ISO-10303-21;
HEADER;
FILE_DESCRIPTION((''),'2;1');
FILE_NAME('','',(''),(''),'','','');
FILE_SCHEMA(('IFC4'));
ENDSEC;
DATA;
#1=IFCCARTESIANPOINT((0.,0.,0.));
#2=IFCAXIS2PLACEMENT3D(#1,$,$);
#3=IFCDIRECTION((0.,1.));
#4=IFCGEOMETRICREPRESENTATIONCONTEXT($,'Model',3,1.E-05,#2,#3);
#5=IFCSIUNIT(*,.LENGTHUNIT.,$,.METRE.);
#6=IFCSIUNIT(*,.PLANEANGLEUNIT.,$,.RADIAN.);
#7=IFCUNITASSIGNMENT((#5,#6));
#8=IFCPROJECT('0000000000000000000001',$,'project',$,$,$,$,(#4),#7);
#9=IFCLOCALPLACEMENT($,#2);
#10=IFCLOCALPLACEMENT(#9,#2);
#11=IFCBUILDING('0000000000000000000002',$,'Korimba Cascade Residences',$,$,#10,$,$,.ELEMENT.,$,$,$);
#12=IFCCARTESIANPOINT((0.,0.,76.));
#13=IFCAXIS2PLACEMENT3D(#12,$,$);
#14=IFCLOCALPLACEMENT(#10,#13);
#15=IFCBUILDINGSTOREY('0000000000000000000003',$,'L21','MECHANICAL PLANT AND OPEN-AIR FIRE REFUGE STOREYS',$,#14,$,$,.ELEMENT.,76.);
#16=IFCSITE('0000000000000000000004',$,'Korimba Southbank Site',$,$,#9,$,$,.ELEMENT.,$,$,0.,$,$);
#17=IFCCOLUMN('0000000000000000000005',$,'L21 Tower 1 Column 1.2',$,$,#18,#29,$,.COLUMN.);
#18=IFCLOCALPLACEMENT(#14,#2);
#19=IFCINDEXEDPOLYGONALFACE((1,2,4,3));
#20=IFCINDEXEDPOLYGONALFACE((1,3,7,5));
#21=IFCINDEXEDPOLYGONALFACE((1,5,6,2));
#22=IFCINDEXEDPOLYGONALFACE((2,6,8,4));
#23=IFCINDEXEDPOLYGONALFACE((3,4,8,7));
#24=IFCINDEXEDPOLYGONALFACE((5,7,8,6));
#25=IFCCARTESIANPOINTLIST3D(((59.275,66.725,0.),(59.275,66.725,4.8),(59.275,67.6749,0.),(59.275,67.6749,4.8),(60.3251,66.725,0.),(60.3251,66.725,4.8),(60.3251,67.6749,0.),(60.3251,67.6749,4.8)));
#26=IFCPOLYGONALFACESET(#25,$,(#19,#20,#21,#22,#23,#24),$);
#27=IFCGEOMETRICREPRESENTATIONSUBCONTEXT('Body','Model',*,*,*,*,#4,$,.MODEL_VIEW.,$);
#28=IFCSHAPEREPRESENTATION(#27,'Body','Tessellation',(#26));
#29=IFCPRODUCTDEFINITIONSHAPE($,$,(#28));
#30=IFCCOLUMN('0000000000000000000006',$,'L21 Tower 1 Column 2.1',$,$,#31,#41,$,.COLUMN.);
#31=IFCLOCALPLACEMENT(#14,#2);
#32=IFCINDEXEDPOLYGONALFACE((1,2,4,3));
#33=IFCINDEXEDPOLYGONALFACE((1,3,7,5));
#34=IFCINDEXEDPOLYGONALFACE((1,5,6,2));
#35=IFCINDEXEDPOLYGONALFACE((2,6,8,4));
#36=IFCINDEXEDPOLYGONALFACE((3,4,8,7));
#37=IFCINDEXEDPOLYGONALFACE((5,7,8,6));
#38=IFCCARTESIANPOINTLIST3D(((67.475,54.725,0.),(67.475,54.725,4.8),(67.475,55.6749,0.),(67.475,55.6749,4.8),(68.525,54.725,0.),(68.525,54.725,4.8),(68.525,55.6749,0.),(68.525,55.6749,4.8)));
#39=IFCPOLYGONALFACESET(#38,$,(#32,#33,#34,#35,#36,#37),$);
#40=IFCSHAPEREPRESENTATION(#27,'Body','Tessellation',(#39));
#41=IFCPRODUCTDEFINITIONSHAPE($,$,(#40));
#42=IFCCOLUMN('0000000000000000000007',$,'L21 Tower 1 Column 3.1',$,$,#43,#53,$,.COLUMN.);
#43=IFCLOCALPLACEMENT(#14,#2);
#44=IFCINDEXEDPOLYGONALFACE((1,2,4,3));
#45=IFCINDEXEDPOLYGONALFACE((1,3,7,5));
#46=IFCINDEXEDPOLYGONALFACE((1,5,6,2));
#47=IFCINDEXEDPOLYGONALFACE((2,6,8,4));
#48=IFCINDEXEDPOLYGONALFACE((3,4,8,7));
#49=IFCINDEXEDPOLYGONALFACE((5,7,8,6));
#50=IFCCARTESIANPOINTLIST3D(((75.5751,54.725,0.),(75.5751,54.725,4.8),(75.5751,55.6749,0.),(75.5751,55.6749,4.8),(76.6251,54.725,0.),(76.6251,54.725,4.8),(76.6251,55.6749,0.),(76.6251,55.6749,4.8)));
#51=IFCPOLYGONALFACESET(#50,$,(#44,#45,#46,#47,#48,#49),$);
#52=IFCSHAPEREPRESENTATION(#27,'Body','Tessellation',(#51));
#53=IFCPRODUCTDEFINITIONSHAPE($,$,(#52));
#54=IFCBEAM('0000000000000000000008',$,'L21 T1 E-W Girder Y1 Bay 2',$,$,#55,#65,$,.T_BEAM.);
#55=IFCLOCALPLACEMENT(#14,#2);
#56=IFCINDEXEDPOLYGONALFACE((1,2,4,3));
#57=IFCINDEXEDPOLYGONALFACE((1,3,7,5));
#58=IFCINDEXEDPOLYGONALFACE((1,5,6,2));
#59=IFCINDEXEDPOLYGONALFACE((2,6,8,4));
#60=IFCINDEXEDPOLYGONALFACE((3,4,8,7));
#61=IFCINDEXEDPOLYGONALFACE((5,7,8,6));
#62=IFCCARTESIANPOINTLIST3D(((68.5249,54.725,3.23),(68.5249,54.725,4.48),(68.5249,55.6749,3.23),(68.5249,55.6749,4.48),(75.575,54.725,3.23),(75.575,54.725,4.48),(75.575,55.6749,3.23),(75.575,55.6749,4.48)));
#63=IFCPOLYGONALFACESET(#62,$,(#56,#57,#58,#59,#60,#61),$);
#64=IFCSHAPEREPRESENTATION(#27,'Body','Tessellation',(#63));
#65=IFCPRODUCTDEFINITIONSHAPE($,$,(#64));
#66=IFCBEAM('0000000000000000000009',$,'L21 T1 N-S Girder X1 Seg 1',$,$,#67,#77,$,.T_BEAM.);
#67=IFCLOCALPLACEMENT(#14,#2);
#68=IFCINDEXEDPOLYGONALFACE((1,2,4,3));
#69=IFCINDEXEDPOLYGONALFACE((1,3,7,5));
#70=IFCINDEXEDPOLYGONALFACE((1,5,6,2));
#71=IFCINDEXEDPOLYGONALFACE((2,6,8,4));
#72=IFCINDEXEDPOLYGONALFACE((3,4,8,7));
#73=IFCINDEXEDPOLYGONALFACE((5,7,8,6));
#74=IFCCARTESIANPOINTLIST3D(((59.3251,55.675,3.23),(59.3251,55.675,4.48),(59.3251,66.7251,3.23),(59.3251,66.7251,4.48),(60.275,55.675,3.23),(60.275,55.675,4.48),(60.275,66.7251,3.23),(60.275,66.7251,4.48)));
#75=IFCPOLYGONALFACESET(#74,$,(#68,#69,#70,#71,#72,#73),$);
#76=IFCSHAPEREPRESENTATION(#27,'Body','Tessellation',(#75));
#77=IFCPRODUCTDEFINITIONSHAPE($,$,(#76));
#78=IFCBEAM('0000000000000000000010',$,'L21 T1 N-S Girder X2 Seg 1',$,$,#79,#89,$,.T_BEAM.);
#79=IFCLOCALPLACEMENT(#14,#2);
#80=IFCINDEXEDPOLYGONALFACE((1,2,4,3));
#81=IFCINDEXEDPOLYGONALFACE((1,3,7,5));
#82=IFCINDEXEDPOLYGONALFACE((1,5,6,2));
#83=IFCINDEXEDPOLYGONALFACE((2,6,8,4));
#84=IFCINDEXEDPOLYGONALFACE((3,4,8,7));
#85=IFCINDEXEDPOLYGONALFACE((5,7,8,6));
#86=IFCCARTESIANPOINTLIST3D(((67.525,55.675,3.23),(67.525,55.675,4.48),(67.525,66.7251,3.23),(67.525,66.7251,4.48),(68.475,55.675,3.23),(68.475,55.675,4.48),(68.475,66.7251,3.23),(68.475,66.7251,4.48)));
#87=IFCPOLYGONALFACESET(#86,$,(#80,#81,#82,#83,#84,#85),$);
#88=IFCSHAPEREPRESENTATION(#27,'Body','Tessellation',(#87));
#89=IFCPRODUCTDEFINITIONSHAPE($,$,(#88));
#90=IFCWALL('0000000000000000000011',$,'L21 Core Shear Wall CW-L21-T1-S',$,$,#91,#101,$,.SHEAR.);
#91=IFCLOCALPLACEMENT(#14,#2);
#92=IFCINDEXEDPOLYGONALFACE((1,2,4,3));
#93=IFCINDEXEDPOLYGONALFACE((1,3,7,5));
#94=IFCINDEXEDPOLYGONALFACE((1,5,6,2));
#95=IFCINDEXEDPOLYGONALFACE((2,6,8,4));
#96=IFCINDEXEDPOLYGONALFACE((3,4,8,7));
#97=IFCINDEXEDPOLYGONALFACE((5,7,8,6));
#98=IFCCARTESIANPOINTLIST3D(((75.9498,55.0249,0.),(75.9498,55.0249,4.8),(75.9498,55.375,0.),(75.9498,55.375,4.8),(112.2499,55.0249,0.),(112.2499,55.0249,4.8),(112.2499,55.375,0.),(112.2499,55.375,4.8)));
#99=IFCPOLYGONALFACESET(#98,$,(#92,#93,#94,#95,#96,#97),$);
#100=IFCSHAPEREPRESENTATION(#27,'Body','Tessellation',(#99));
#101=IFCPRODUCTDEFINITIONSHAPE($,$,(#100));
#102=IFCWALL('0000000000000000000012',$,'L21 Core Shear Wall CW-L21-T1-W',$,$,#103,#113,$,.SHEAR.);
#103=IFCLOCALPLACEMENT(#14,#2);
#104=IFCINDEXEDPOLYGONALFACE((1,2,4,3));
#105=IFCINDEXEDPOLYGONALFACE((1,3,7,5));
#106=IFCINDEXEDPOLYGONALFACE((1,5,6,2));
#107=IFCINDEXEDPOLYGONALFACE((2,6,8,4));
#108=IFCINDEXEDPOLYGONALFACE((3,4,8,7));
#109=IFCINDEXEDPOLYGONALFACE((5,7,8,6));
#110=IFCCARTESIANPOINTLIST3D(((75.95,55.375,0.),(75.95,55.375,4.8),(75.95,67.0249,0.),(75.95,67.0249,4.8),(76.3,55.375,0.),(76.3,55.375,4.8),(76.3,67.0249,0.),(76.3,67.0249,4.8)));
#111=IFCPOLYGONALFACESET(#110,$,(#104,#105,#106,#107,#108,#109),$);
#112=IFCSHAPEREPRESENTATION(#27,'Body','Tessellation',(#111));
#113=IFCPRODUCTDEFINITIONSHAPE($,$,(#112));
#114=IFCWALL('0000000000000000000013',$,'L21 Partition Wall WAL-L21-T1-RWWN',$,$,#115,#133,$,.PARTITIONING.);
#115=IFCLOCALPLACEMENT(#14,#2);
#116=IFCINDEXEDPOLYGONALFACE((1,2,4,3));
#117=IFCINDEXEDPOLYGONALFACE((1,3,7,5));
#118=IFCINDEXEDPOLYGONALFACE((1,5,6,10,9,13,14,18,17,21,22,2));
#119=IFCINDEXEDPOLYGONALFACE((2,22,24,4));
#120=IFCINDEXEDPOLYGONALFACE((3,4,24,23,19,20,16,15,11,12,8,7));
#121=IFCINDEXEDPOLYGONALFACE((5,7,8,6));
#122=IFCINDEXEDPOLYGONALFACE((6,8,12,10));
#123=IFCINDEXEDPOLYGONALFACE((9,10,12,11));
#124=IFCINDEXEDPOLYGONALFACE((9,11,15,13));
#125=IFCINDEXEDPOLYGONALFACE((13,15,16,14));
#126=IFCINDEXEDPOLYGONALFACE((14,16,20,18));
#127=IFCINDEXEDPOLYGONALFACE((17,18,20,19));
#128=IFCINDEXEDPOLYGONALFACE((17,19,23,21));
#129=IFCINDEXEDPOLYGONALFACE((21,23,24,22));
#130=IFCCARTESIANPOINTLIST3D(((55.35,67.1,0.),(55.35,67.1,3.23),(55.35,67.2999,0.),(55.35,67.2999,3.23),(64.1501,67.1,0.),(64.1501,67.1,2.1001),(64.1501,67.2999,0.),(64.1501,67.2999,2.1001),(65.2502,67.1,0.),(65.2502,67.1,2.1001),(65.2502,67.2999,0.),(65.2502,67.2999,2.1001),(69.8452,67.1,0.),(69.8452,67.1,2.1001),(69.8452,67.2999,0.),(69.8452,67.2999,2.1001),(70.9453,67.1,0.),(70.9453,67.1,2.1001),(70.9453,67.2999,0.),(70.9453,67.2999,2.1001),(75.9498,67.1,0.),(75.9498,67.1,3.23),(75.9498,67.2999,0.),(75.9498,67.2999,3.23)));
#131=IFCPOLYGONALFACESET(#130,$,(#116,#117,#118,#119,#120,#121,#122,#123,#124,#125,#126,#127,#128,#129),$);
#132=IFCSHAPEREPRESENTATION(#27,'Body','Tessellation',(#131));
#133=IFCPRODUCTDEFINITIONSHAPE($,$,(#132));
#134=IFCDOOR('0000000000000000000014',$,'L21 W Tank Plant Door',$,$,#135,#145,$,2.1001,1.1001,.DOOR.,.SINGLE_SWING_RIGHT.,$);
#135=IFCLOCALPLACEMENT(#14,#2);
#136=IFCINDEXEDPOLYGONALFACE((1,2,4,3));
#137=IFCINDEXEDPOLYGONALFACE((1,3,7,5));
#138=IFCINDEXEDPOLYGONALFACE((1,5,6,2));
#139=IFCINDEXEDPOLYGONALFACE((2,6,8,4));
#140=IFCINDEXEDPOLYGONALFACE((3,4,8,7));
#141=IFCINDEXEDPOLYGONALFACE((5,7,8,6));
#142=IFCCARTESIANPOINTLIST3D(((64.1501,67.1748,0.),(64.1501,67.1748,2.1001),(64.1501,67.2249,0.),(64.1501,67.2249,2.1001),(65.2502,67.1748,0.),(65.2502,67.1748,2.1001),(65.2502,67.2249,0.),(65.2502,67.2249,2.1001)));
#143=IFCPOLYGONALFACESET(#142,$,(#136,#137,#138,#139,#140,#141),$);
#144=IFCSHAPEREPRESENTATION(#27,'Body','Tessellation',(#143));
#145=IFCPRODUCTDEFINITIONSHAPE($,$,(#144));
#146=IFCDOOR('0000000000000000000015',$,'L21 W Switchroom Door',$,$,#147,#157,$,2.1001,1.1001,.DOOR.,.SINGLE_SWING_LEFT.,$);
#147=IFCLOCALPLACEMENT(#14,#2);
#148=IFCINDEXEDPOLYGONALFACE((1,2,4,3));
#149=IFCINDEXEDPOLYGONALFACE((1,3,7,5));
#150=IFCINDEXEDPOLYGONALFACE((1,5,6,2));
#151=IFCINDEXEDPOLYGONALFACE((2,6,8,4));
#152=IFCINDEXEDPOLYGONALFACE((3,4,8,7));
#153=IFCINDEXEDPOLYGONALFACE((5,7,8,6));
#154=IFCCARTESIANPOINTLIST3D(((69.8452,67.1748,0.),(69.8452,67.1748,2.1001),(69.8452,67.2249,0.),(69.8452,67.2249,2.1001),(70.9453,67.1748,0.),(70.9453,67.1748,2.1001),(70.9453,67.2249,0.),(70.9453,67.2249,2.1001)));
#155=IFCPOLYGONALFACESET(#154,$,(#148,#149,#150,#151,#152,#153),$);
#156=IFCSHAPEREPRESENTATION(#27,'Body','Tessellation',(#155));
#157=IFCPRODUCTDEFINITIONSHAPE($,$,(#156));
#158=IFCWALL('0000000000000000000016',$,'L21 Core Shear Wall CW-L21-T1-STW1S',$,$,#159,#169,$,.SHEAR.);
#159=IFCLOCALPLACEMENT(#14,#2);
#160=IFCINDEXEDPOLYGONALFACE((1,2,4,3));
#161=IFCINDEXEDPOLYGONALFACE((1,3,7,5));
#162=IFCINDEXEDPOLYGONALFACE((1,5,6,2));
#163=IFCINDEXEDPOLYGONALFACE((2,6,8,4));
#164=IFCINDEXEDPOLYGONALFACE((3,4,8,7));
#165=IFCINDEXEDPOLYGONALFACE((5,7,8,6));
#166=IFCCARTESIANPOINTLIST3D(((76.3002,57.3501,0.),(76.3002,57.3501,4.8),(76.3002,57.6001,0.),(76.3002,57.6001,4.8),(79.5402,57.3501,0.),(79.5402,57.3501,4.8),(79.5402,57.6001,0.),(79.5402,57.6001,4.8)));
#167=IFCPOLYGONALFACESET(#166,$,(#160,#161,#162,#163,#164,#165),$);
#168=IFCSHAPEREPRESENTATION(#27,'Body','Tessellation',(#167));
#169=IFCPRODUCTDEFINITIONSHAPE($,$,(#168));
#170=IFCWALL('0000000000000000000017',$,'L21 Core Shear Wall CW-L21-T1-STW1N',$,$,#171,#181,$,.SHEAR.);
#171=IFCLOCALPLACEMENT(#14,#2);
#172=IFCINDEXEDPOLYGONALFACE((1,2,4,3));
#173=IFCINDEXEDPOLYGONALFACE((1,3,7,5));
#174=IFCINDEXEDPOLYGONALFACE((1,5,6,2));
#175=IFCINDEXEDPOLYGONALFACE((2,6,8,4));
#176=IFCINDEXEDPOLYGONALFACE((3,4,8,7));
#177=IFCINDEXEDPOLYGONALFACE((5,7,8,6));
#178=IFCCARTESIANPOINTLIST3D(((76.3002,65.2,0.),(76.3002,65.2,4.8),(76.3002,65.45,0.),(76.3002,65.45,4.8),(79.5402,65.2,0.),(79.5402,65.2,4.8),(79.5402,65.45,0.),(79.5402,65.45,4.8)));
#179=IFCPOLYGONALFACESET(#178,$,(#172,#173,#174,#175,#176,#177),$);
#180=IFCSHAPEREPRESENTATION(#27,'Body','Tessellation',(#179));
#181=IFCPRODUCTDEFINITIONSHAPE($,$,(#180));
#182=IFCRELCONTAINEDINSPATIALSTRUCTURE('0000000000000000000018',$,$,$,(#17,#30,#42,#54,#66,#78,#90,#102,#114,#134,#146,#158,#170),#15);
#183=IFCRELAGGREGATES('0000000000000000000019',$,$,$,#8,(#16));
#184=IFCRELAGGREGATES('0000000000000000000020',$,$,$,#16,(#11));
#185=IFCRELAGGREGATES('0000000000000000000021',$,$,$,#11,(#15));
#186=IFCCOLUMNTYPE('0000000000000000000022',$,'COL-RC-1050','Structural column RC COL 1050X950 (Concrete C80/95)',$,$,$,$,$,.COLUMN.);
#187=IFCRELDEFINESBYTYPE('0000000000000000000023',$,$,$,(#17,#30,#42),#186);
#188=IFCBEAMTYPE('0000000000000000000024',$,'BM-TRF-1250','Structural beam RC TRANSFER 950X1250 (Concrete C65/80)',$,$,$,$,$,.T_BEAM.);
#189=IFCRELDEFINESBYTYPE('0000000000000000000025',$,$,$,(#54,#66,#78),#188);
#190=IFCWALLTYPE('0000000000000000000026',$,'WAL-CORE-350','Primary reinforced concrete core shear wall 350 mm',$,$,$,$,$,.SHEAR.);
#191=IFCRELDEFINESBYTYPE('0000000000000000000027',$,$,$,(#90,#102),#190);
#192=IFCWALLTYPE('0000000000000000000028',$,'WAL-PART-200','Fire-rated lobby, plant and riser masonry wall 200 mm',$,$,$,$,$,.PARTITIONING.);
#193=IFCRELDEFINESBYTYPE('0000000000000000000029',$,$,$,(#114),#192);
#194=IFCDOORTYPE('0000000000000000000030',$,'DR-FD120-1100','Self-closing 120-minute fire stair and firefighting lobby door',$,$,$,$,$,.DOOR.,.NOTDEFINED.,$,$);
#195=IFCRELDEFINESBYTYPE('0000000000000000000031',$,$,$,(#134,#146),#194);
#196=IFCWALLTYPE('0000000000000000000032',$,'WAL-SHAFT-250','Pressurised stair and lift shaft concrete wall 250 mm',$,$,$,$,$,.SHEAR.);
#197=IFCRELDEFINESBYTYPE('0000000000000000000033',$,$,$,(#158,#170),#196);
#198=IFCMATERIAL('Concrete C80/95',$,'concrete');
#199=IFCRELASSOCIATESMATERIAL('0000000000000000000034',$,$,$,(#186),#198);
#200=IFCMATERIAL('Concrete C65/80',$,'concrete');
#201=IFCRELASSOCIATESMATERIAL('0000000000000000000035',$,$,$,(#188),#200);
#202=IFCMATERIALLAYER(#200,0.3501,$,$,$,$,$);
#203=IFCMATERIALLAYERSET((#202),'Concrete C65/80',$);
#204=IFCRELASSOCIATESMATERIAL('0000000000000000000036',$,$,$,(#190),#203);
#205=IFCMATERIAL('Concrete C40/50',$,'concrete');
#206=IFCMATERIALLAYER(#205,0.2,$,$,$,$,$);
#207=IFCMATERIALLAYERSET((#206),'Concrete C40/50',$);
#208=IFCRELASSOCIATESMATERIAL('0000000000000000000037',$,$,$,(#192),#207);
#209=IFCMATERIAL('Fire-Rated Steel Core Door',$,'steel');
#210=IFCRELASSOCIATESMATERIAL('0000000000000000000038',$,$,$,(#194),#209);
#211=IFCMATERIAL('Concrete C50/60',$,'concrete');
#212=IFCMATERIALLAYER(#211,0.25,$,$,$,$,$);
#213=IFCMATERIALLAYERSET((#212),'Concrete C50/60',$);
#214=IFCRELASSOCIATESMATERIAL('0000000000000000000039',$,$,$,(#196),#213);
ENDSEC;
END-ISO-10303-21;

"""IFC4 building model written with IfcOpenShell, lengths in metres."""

from ifc_helpers import new_model, si_unit, direction, frame, frame_2d, origin, origin_2d, place, context, subcontext, project, spatial, rectangle, extrude, material, layer, layer_set, material_profile, profile_set, type_object, element, fill, save


model = new_model("IFC4")

# Units and contexts
model_context = context("Model", 3, precision=1e-05, world=origin(), true_north=direction((0.0, 1.0)))
body_context = subcontext(model_context, "Body", "Model", "MODEL_VIEW")
ifc_project = project(units=[si_unit("LENGTHUNIT", "METRE"), si_unit("PLANEANGLEUNIT", "RADIAN")], contexts=[model_context])

# Site, building, storey
site_placement = place(None, origin())
site = spatial("IfcSite", under=ifc_project, at=site_placement, Name="Korimba Southbank Site", CompositionType="ELEMENT", RefElevation=0.0)
building_placement = place(site_placement, origin())
building = spatial("IfcBuilding", under=site, at=building_placement, Name="Korimba Cascade Residences", CompositionType="ELEMENT")
storey_placement = place(building_placement, frame((0.0, 0.0, 76.0)))
storey = spatial("IfcBuildingStorey", under=building, at=storey_placement, Name="L21", Description="MECHANICAL PLANT AND OPEN-AIR FIRE REFUGE STOREYS", CompositionType="ELEMENT", Elevation=76.0)

# Columns
ifc_material_1 = material(Name="Concrete C80/95", Category="concrete")
ifc_material_profile_1 = material_profile(ifc_material_1, rectangle(XDim=1.05, YDim=0.95, at=origin_2d()), Name="Concrete C80/95")
ifc_profile_set_1 = profile_set([ifc_material_profile_1], Name="Concrete C80/95")
column_type = type_object("IfcColumnType", Name="COL-RC-1050", Description="Structural column RC COL 1050X950 (Concrete C80/95)", PredefinedType="COLUMN", material=ifc_profile_set_1)
for number, where, z_axis, x_axis, name in (
    (1, (59.8, 67.2, 0.0), (0.0, 0.0, 1.0), (1.0, 0.0, 0.0), "L21 Tower 1 Column 1.2"),
    (2, (68.0, 55.2, 0.0), (0.0, 0.0, 1.0), (1.0, 0.0, 0.0), "L21 Tower 1 Column 2.1"),
    (3, (76.1001, 55.2, 0.0), (0.0, 0.0, 1.0), (1.0, 0.0, 0.0), "L21 Tower 1 Column 3.1"),
):
    element("IfcColumn", number, at=place(storey_placement, frame(where, z_axis=z_axis, x_axis=x_axis)), inside=storey, type_object=column_type, Name=name, PredefinedType="COLUMN", context=body_context, shape_type="SweptSolid", body=[
        extrude(rectangle(XDim=1.05, YDim=0.95, at=origin_2d()), origin(), (0.0, 0.0, 1.0), 4.8),
    ])

# Beams
ifc_material_2 = material(Name="Concrete C65/80", Category="concrete")
ifc_material_profile_2 = material_profile(ifc_material_2, rectangle(XDim=0.95, YDim=1.25, at=origin_2d()), Name="Concrete C65/80")
ifc_profile_set_2 = profile_set([ifc_material_profile_2], Name="Concrete C65/80")
beam_type = type_object("IfcBeamType", Name="BM-TRF-1250", Description="Structural beam RC TRANSFER 950X1250 (Concrete C65/80)", PredefinedType="T_BEAM", material=ifc_profile_set_2)
beam_placement = place(storey_placement, frame((68.5249, 55.2, 3.855), z_axis=(1.0, 0.0, 0.0), x_axis=(0.0, 1.0, 0.0)))
element("IfcBeam", 4, at=beam_placement, inside=storey, type_object=beam_type, Name="L21 T1 E-W Girder Y1 Bay 2", PredefinedType="T_BEAM", context=body_context, shape_type="SweptSolid", body=[
    extrude(rectangle(XDim=0.95, YDim=1.25, at=origin_2d()), origin(), (0.0, 0.0, 1.0), 7.05),
])
for number, where, z_axis, x_axis, name in (
    (5, (59.8, 55.675, 3.855), (0.0, 1.0, 0.0), (-1.0, 0.0, 0.0), "L21 T1 N-S Girder X1 Seg 1"),
    (6, (68.0, 55.675, 3.855), (0.0, 1.0, 0.0), (-1.0, 0.0, 0.0), "L21 T1 N-S Girder X2 Seg 1"),
):
    element("IfcBeam", number, at=place(storey_placement, frame(where, z_axis=z_axis, x_axis=x_axis)), inside=storey, type_object=beam_type, Name=name, PredefinedType="T_BEAM", context=body_context, shape_type="SweptSolid", body=[
        extrude(rectangle(XDim=0.95, YDim=1.25, at=origin_2d()), origin(), (0.0, 0.0, 1.0), 11.05),
    ])

# Walls
ifc_layer_1 = layer(ifc_material_2, 0.3501)
ifc_layer_set_1 = layer_set([ifc_layer_1], Name="Concrete C65/80")
wall_type_1 = type_object("IfcWallType", Name="WAL-CORE-350", Description="Primary reinforced concrete core shear wall 350 mm", PredefinedType="SHEAR", material=ifc_layer_set_1)
wall_1_placement = place(storey_placement, frame((75.95, 55.2, 0.0), z_axis=(0.0, 0.0, 1.0), x_axis=(1.0, 0.0, 0.0)))
element("IfcWall", 7, at=wall_1_placement, inside=storey, type_object=wall_type_1, Name="L21 Core Shear Wall CW-L21-T1-S", PredefinedType="SHEAR", context=body_context, shape_type="SweptSolid", body=[
    extrude(rectangle(XDim=36.3, YDim=0.3501, at=frame_2d((18.1499, 0.0))), origin(), (0.0, 0.0, 1.0), 4.8),
])
wall_2_placement = place(storey_placement, frame((76.125, 55.375, 0.0), z_axis=(0.0, 0.0, 1.0), x_axis=(0.0, 1.0, 0.0)))
element("IfcWall", 8, at=wall_2_placement, inside=storey, type_object=wall_type_1, Name="L21 Core Shear Wall CW-L21-T1-W", PredefinedType="SHEAR", context=body_context, shape_type="SweptSolid", body=[
    extrude(rectangle(XDim=11.6499, YDim=0.3501, at=frame_2d((5.825, 0.0))), origin(), (0.0, 0.0, 1.0), 4.8),
])

# Wall, openings, doors
ifc_material_3 = material(Name="Concrete C40/50", Category="concrete")
ifc_layer_2 = layer(ifc_material_3, 0.2)
ifc_layer_set_2 = layer_set([ifc_layer_2], Name="Concrete C40/50")
wall_type_2 = type_object("IfcWallType", Name="WAL-PART-200", Description="Fire-rated lobby, plant and riser masonry wall 200 mm", PredefinedType="PARTITIONING", material=ifc_layer_set_2)
wall_3_placement = place(storey_placement, frame((55.3501, 67.2, 0.0), z_axis=(0.0, 0.0, 1.0), x_axis=(1.0, 0.0, 0.0)))
wall_3 = element("IfcWall", 9, at=wall_3_placement, inside=storey, type_object=wall_type_2, Name="L21 Partition Wall WAL-L21-T1-RWWN", PredefinedType="PARTITIONING", context=body_context, shape_type="SweptSolid", body=[
    extrude(rectangle(XDim=20.5999, YDim=0.2, at=frame_2d((10.2998, 0.0))), origin(), (0.0, 0.0, 1.0), 3.23),
])
opening_1_placement = place(wall_3_placement, frame((8.8, 0.0, 0.0)))
opening_1 = element("IfcOpeningElement", 10, at=opening_1_placement, cuts=wall_3, PredefinedType="OPENING", context=body_context, shape_type="SweptSolid", body=[
    extrude(rectangle(XDim=1.1001, YDim=2.1001, at=frame_2d((0.55, 1.05))), frame((0.0, 0.1099, 0.0), z_axis=(0.0, -1.0, 0.0), x_axis=(1.0, 0.0, 0.0)), (0.0, 0.0, 1.0), 0.22),
])
opening_2_placement = place(wall_3_placement, frame((14.4951, 0.0, 0.0)))
opening_2 = element("IfcOpeningElement", 11, at=opening_2_placement, cuts=wall_3, PredefinedType="OPENING", context=body_context, shape_type="SweptSolid", body=[
    extrude(rectangle(XDim=1.1001, YDim=2.1001, at=frame_2d((0.55, 1.05))), frame((0.0, 0.1099, 0.0), z_axis=(0.0, -1.0, 0.0), x_axis=(1.0, 0.0, 0.0)), (0.0, 0.0, 1.0), 0.22),
])
ifc_material_4 = material(Name="Fire-Rated Steel Core Door", Category="steel")
door_type = type_object("IfcDoorType", Name="DR-FD120-1100", Description="Self-closing 120-minute fire stair and firefighting lobby door", OperationType="NOTDEFINED", PredefinedType="DOOR", material=ifc_material_4)
door_1_placement = place(opening_1_placement, origin())
door_1 = element("IfcDoor", 12, at=door_1_placement, inside=storey, type_object=door_type, Name="L21 W Tank Plant Door", OperationType="SINGLE_SWING_RIGHT", OverallHeight=2.1001, OverallWidth=1.1001, PredefinedType="DOOR", context=body_context, shape_type="SweptSolid", body=[
    extrude(rectangle(XDim=1.1001, YDim=2.1001, at=frame_2d((0.55, 1.05))), frame((0.0, 0.0249, 0.0), z_axis=(0.0, -1.0, 0.0), x_axis=(1.0, 0.0, 0.0)), (0.0, 0.0, 1.0), 0.05),
])
fill(opening_1, door_1)
door_2_placement = place(opening_2_placement, origin())
door_2 = element("IfcDoor", 13, at=door_2_placement, inside=storey, type_object=door_type, Name="L21 W Switchroom Door", OperationType="SINGLE_SWING_LEFT", OverallHeight=2.1001, OverallWidth=1.1001, PredefinedType="DOOR", context=body_context, shape_type="SweptSolid", body=[
    extrude(rectangle(XDim=1.1001, YDim=2.1001, at=frame_2d((0.55, 1.05))), frame((0.0, 0.0249, 0.0), z_axis=(0.0, -1.0, 0.0), x_axis=(1.0, 0.0, 0.0)), (0.0, 0.0, 1.0), 0.05),
])
fill(opening_2, door_2)

# Walls
ifc_material_5 = material(Name="Concrete C50/60", Category="concrete")
ifc_layer_3 = layer(ifc_material_5, 0.25)
ifc_layer_set_3 = layer_set([ifc_layer_3], Name="Concrete C50/60")
wall_type_3 = type_object("IfcWallType", Name="WAL-SHAFT-250", Description="Pressurised stair and lift shaft concrete wall 250 mm", PredefinedType="SHEAR", material=ifc_layer_set_3)
for number, where, z_axis, x_axis, name in (
    (14, (76.3, 57.4751, 0.0), (0.0, 0.0, 1.0), (1.0, 0.0, 0.0), "L21 Core Shear Wall CW-L21-T1-STW1S"),
    (15, (76.3, 65.325, 0.0), (0.0, 0.0, 1.0), (1.0, 0.0, 0.0), "L21 Core Shear Wall CW-L21-T1-STW1N"),
):
    element("IfcWall", number, at=place(storey_placement, frame(where, z_axis=z_axis, x_axis=x_axis)), inside=storey, type_object=wall_type_3, Name=name, PredefinedType="SHEAR", context=body_context, shape_type="SweptSolid", body=[
        extrude(rectangle(XDim=3.24, YDim=0.25, at=frame_2d((1.6201, 0.0))), origin(), (0.0, 0.0, 1.0), 4.8),
    ])

save(model, "model.ifc")
